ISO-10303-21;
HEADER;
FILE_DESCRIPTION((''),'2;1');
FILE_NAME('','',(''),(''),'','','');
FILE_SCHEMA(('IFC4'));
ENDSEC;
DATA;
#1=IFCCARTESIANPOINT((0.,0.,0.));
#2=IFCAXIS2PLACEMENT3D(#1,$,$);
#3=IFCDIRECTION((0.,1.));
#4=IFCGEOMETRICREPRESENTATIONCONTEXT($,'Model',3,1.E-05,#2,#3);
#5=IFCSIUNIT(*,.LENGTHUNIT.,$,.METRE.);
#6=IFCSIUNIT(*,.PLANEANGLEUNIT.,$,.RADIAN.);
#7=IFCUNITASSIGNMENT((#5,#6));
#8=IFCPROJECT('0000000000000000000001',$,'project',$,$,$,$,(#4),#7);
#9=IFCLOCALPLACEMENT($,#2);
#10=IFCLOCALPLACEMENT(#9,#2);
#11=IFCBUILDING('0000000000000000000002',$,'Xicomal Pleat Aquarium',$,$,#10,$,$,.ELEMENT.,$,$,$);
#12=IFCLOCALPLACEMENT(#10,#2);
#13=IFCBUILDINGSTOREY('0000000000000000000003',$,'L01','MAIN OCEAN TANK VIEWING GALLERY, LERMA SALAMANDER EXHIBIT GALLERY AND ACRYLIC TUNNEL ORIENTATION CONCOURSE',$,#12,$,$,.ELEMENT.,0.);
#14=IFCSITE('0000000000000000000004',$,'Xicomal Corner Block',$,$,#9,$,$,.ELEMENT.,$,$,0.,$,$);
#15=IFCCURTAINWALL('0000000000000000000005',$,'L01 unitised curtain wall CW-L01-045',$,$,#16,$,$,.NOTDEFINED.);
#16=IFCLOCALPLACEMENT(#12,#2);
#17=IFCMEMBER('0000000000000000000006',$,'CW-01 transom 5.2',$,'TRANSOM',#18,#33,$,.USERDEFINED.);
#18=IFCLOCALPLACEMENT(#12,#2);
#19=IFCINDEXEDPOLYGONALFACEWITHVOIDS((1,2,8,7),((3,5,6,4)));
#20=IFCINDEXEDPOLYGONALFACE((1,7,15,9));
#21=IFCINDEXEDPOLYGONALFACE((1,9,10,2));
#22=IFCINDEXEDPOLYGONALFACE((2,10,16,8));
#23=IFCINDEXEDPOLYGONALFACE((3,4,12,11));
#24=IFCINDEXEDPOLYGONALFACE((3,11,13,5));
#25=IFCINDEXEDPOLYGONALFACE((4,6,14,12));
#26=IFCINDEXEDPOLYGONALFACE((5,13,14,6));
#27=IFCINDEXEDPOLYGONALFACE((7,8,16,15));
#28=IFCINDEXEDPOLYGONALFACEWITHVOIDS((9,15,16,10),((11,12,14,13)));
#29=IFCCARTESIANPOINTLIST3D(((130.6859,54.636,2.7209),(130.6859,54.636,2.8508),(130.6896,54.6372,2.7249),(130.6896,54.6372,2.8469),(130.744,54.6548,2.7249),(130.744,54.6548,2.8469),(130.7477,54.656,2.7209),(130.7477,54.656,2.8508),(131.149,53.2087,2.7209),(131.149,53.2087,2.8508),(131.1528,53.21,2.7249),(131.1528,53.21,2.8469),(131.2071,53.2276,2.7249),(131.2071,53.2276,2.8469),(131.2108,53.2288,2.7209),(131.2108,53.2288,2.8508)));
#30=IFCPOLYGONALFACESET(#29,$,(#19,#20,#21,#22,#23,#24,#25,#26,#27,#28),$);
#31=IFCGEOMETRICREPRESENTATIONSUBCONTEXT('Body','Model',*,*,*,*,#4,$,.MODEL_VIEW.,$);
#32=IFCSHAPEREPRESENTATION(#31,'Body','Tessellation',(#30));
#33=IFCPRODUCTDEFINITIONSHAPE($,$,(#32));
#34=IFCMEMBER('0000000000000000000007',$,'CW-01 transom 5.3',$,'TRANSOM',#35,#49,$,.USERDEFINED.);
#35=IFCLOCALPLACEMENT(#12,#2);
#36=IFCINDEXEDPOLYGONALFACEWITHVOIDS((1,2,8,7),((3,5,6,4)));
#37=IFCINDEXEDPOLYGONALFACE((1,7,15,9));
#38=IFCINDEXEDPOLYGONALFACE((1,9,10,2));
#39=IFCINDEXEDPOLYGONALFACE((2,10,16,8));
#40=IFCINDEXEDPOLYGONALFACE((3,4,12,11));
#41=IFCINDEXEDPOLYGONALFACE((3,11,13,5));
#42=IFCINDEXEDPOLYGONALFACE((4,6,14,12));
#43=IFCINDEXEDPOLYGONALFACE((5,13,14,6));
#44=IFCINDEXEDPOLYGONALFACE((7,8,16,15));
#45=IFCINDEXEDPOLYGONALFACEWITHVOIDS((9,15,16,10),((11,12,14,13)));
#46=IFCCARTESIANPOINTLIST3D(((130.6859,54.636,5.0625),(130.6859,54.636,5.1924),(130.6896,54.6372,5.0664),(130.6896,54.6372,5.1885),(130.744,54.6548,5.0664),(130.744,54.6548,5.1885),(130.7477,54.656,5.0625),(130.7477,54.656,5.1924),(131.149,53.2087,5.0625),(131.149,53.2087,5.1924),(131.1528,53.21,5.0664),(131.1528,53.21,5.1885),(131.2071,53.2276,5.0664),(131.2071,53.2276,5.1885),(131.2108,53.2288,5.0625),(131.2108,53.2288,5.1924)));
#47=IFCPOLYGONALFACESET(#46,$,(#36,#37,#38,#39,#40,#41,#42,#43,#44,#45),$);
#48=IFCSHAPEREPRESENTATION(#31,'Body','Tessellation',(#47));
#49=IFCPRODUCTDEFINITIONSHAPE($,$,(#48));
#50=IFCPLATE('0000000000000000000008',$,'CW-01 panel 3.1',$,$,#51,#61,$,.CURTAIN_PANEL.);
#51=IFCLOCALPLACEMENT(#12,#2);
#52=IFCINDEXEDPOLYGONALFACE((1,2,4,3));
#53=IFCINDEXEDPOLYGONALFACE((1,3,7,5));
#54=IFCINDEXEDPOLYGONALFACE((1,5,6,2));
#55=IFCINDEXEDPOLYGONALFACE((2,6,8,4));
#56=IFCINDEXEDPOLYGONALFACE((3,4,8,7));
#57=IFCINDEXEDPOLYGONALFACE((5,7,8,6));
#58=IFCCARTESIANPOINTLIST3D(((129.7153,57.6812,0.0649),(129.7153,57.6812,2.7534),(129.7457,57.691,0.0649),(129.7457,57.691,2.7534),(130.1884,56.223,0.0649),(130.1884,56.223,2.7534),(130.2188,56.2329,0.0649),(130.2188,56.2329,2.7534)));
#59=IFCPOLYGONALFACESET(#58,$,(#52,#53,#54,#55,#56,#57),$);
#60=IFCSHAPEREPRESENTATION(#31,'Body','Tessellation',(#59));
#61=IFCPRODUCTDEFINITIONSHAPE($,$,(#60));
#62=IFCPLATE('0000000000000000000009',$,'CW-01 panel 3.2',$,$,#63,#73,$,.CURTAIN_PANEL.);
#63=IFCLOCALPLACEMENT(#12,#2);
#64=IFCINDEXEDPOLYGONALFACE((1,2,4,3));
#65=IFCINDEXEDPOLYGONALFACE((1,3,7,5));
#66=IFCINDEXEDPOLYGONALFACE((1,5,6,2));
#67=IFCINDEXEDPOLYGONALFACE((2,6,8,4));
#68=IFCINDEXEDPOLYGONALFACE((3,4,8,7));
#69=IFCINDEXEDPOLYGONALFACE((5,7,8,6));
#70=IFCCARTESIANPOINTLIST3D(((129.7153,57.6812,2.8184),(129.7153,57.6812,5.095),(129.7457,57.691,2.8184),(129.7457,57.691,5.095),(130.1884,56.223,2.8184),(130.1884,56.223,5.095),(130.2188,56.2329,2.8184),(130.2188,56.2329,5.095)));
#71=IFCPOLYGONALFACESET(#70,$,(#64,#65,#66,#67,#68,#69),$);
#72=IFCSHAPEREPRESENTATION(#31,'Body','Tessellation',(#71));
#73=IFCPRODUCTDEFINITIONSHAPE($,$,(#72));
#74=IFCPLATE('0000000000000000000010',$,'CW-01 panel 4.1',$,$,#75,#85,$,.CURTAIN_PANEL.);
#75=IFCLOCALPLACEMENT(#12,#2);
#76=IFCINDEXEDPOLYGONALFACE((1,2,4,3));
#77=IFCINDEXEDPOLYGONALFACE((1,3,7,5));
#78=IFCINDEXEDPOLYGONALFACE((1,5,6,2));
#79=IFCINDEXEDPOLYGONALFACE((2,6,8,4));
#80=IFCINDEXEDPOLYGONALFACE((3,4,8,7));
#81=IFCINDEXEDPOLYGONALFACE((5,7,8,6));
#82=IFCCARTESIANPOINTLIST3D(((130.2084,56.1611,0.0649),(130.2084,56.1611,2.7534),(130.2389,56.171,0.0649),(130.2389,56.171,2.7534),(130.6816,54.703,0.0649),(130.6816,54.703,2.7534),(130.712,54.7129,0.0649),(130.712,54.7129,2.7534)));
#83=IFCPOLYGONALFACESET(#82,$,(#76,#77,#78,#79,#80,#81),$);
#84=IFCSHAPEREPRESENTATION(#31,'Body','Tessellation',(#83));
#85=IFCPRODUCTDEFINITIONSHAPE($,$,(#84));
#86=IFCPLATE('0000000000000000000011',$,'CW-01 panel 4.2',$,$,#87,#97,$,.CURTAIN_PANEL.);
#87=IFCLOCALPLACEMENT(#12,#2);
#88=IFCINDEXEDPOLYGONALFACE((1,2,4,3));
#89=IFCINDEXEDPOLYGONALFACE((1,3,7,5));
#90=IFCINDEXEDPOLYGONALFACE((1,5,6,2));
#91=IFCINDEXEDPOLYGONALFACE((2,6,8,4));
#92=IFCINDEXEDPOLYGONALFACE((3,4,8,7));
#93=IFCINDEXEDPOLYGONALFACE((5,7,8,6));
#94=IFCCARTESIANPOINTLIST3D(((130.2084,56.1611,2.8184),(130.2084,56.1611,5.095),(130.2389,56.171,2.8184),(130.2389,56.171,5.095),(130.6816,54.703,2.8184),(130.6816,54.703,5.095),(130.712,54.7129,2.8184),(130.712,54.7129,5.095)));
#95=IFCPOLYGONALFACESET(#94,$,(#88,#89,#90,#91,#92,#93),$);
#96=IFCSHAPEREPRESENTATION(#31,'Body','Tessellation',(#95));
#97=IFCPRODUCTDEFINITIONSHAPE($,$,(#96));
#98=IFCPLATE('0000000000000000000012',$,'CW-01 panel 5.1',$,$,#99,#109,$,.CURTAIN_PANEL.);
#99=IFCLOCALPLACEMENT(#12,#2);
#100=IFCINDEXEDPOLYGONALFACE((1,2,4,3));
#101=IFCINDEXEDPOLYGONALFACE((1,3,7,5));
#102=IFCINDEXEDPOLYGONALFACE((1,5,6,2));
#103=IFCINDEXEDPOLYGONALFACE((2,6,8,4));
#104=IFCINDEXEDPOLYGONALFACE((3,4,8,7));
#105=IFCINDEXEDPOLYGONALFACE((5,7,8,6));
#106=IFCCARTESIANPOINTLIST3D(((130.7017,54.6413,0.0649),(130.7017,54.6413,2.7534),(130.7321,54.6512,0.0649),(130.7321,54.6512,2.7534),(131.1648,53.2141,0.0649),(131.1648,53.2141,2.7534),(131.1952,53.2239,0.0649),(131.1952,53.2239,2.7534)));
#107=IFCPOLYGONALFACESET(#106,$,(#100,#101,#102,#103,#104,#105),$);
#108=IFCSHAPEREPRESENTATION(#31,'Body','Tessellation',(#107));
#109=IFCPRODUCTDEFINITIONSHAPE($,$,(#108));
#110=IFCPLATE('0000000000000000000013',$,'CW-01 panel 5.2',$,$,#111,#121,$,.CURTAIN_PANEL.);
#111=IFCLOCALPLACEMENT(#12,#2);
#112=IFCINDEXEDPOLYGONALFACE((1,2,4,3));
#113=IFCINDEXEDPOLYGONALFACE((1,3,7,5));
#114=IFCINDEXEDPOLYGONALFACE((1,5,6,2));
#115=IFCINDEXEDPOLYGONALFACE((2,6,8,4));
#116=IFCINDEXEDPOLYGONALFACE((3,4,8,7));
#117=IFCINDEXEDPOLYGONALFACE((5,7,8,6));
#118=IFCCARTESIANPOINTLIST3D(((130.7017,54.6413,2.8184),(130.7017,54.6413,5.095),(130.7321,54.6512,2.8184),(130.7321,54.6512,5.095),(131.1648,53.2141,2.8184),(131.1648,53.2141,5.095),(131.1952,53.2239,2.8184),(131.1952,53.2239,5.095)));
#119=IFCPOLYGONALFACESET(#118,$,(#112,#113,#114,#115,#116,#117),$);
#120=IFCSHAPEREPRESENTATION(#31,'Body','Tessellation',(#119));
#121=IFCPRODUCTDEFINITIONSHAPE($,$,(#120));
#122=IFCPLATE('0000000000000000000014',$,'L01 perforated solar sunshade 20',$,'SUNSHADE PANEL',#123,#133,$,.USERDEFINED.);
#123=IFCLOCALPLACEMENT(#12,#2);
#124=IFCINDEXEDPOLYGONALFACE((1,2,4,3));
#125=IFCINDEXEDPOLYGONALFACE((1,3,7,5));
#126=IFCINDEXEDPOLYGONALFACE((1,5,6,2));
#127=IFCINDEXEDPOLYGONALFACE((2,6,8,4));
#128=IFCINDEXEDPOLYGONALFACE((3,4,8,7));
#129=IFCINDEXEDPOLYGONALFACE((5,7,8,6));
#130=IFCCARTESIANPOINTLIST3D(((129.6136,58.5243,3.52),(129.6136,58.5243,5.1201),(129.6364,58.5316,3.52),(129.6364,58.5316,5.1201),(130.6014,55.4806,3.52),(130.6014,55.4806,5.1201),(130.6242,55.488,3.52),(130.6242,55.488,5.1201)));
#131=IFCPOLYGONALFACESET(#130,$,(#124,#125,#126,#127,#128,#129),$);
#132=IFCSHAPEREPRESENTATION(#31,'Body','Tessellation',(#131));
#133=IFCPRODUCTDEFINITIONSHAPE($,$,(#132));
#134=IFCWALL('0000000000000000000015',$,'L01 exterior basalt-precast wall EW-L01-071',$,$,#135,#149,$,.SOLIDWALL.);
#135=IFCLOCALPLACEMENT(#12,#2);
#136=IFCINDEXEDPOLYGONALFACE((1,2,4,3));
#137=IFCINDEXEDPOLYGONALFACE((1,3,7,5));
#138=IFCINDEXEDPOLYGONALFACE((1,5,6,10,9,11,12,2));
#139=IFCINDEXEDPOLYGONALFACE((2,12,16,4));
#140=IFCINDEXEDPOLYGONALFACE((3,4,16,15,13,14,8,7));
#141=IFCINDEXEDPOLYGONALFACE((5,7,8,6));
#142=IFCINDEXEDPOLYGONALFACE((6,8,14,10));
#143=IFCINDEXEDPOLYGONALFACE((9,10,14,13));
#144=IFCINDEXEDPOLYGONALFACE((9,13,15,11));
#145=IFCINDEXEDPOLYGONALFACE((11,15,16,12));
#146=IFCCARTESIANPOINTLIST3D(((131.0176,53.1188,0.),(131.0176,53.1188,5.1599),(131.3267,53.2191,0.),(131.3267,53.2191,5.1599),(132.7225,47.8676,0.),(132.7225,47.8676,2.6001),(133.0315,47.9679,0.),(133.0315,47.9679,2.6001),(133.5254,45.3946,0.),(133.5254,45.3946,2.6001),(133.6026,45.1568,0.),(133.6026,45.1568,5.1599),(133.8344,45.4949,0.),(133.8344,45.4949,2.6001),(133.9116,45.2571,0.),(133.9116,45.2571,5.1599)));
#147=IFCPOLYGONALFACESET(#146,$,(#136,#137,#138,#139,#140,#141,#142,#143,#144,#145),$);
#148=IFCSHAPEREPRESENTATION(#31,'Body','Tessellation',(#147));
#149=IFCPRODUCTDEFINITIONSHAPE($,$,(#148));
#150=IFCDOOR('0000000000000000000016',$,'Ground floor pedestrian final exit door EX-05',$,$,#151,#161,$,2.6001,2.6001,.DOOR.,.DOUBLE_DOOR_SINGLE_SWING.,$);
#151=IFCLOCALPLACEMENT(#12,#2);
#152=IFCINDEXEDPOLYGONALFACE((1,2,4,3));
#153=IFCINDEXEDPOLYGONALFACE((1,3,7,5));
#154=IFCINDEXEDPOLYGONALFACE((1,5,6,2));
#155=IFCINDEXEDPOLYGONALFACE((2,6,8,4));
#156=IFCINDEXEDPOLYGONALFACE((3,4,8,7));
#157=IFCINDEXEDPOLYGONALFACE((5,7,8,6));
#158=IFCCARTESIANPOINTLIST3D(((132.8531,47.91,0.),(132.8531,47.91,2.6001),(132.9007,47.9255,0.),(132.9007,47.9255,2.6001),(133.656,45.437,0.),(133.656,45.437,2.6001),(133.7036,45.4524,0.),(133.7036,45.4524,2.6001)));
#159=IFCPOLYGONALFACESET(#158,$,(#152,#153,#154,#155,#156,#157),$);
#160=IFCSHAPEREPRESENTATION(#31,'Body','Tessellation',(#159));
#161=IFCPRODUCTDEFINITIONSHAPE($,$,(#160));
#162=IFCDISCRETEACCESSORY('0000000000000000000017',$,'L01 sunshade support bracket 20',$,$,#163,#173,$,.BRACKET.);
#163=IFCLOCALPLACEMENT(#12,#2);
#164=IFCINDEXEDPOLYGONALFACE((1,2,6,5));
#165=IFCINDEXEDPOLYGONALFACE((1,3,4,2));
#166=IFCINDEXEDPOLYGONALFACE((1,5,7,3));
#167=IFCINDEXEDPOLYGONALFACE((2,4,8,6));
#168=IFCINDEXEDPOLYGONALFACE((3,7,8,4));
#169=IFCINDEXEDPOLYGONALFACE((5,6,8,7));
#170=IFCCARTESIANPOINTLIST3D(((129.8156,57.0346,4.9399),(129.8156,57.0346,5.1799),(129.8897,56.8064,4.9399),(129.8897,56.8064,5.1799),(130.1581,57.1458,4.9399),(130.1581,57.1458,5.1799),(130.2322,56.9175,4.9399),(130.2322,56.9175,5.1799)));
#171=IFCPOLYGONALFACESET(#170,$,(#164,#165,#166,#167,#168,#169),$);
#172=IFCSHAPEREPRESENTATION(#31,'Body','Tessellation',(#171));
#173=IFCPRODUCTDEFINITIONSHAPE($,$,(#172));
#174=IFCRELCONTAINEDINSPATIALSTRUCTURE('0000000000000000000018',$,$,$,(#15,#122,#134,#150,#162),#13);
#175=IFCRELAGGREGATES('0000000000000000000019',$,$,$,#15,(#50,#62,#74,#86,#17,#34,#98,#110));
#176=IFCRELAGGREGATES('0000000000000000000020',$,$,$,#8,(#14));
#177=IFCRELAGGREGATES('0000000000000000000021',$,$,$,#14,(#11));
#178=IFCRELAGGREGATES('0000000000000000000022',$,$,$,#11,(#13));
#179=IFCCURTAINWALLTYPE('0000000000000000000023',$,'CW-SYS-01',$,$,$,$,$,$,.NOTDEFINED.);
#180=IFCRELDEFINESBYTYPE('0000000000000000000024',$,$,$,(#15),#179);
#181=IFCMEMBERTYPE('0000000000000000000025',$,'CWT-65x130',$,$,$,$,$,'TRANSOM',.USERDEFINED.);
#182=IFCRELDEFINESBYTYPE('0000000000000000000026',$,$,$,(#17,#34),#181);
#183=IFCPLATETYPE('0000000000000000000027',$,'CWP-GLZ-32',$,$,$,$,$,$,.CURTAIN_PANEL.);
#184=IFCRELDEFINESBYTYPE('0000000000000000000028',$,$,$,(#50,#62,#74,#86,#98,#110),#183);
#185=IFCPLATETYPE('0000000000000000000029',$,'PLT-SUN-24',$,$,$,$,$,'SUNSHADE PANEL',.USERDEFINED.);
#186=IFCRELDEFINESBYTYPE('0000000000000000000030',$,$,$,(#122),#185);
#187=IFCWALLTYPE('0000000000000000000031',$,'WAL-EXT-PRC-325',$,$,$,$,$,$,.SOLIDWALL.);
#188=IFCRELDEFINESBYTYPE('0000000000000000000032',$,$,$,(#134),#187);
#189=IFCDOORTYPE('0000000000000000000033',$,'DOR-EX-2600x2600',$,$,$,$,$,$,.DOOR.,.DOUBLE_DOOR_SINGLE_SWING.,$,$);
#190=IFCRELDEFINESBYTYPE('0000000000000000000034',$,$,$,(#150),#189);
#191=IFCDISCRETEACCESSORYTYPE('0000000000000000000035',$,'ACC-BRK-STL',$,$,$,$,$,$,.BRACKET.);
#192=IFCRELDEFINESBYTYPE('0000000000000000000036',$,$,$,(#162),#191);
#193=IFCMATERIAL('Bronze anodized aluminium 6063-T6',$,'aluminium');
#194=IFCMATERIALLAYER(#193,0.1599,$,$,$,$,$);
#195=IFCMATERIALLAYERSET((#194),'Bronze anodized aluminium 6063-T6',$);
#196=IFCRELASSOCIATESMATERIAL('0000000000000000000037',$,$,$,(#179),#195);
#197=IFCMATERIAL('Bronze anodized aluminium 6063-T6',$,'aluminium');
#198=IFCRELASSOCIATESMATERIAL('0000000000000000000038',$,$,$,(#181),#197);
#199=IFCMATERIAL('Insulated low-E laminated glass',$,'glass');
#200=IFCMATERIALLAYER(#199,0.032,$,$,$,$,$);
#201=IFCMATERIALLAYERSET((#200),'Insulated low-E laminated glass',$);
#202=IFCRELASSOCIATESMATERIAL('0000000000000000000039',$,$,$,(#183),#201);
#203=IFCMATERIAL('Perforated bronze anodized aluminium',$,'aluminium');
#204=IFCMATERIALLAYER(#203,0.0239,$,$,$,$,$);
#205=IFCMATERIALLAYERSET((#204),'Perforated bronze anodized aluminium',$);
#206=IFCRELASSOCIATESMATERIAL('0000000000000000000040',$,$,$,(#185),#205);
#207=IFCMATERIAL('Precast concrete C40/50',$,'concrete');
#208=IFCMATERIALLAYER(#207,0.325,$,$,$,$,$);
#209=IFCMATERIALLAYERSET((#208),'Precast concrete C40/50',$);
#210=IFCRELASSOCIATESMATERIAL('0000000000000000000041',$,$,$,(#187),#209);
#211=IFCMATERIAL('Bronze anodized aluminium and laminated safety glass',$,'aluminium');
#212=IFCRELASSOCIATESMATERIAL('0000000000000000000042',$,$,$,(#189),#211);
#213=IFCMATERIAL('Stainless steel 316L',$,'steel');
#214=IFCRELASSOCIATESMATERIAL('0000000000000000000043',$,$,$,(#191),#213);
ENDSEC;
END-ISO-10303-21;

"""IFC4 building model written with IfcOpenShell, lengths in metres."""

from ifc_helpers import new_model, si_unit, direction, frame, frame_2d, origin, origin_2d, place, context, subcontext, project, spatial, rectangle, hollow_rectangle, extrude, material, layer, layer_set, material_profile, profile_set, type_object, element, fill, aggregate, save


model = new_model("IFC4")

# Units and contexts
model_context = context("Model", 3, precision=1e-05, world=origin(), true_north=direction((0.0, 1.0)))
body_context = subcontext(model_context, "Body", "Model", "MODEL_VIEW")
ifc_project = project(units=[si_unit("LENGTHUNIT", "METRE"), si_unit("PLANEANGLEUNIT", "RADIAN")], contexts=[model_context])

# Site, building, storey
site_placement = place(None, origin())
site = spatial("IfcSite", under=ifc_project, at=site_placement, Name="Xicomal Corner Block", CompositionType="ELEMENT", RefElevation=0.0)
building_placement = place(site_placement, origin())
building = spatial("IfcBuilding", under=site, at=building_placement, Name="Xicomal Pleat Aquarium", CompositionType="ELEMENT")
storey_placement = place(building_placement, origin())
storey = spatial("IfcBuildingStorey", under=building, at=storey_placement, Name="L01", Description="MAIN OCEAN TANK VIEWING GALLERY, LERMA SALAMANDER EXHIBIT GALLERY AND ACRYLIC TUNNEL ORIENTATION CONCOURSE", CompositionType="ELEMENT", Elevation=0.0)

# Curtain wall, members, plates
ifc_material_1 = material(Name="Bronze anodized aluminium 6063-T6", Category="aluminium")
ifc_layer_1 = layer(ifc_material_1, 0.1599)
ifc_layer_set_1 = layer_set([ifc_layer_1], Name="Bronze anodized aluminium 6063-T6")
curtain_wall_type = type_object("IfcCurtainWallType", Name="CW-SYS-01", PredefinedType="NOTDEFINED", material=ifc_layer_set_1)
curtain_wall_placement = place(storey_placement, origin())
curtain_wall = element("IfcCurtainWall", 1, at=curtain_wall_placement, inside=storey, type_object=curtain_wall_type, Name="L01 unitised curtain wall CW-L01-045", PredefinedType="NOTDEFINED")
ifc_material_2 = material(Name="Bronze anodized aluminium 6063-T6", Category="aluminium")
ifc_material_profile_1 = material_profile(ifc_material_2, hollow_rectangle(XDim=0.0649, YDim=0.1299, WallThickness=0.0039, at=origin_2d()), Name="ALU TRAN 65x130")
ifc_profile_set_1 = profile_set([ifc_material_profile_1], Name="Bronze anodized aluminium 6063-T6")
member_type_1 = type_object("IfcMemberType", Name="CWT-65x130", ElementType="TRANSOM", PredefinedType="USERDEFINED", material=ifc_profile_set_1)
member_1_placement = place(storey_placement, frame((130.7168, 54.646, 2.7859), z_axis=(0.308652, -0.951175, 0.0), x_axis=(0.951175, 0.308652, 0.0)))
member_1 = element("IfcMember", 2, at=member_1_placement, type_object=member_type_1, Name="CW-01 transom 5.2", ObjectType="TRANSOM", PredefinedType="USERDEFINED", context=body_context, shape_type="SweptSolid", body=[
    extrude(hollow_rectangle(XDim=0.0649, YDim=0.1299, WallThickness=0.0039, at=origin_2d()), origin(), (0.0, 0.0, 1.0), 1.5005),
])
member_2_placement = place(storey_placement, frame((130.7168, 54.646, 5.1274), z_axis=(0.308652, -0.951175, 0.0), x_axis=(0.951175, 0.308652, 0.0)))
member_2 = element("IfcMember", 3, at=member_2_placement, type_object=member_type_1, Name="CW-01 transom 5.3", ObjectType="TRANSOM", PredefinedType="USERDEFINED", context=body_context, shape_type="SweptSolid", body=[
    extrude(hollow_rectangle(XDim=0.0649, YDim=0.1299, WallThickness=0.0039, at=origin_2d()), origin(), (0.0, 0.0, 1.0), 1.5005),
])
ifc_material_3 = material(Name="Insulated low-E laminated glass", Category="glass")
ifc_layer_2 = layer(ifc_material_3, 0.032)
ifc_layer_set_2 = layer_set([ifc_layer_2], Name="Insulated low-E laminated glass")
plate_type_1 = type_object("IfcPlateType", Name="CWP-GLZ-32", PredefinedType="CURTAIN_PANEL", material=ifc_layer_set_2)
plate_1_placement = place(storey_placement, frame((129.967, 56.957, 0.0649), z_axis=(0.0, 0.0, 1.0), x_axis=(0.308633, -0.951181, 0.0)))
plate_1 = element("IfcPlate", 4, at=plate_1_placement, type_object=plate_type_1, Name="CW-01 panel 3.1", PredefinedType="CURTAIN_PANEL", context=body_context, shape_type="SweptSolid", body=[
    extrude(rectangle(XDim=1.533, YDim=0.032, at=origin_2d()), origin(), (0.0, 0.0, 1.0), 2.6885),
])
plate_2_placement = place(storey_placement, frame((129.967, 56.957, 2.8184), z_axis=(0.0, 0.0, 1.0), x_axis=(0.308633, -0.951181, 0.0)))
plate_2 = element("IfcPlate", 5, at=plate_2_placement, type_object=plate_type_1, Name="CW-01 panel 3.2", PredefinedType="CURTAIN_PANEL", context=body_context, shape_type="SweptSolid", body=[
    extrude(rectangle(XDim=1.533, YDim=0.032, at=origin_2d()), origin(), (0.0, 0.0, 1.0), 2.2766),
])
plate_3_placement = place(storey_placement, frame((130.4602, 55.437, 0.0649), z_axis=(0.0, 0.0, 1.0), x_axis=(0.308633, -0.951181, 0.0)))
plate_3 = element("IfcPlate", 6, at=plate_3_placement, type_object=plate_type_1, Name="CW-01 panel 4.1", PredefinedType="CURTAIN_PANEL", context=body_context, shape_type="SweptSolid", body=[
    extrude(rectangle(XDim=1.533, YDim=0.032, at=origin_2d()), origin(), (0.0, 0.0, 1.0), 2.6885),
])
plate_4_placement = place(storey_placement, frame((130.4602, 55.437, 2.8184), z_axis=(0.0, 0.0, 1.0), x_axis=(0.308633, -0.951181, 0.0)))
plate_4 = element("IfcPlate", 7, at=plate_4_placement, type_object=plate_type_1, Name="CW-01 panel 4.2", PredefinedType="CURTAIN_PANEL", context=body_context, shape_type="SweptSolid", body=[
    extrude(rectangle(XDim=1.533, YDim=0.032, at=origin_2d()), origin(), (0.0, 0.0, 1.0), 2.2766),
])
plate_5_placement = place(storey_placement, frame((130.9485, 53.9326, 0.0649), z_axis=(0.0, 0.0, 1.0), x_axis=(0.308633, -0.951181, 0.0)))
plate_5 = element("IfcPlate", 8, at=plate_5_placement, type_object=plate_type_1, Name="CW-01 panel 5.1", PredefinedType="CURTAIN_PANEL", context=body_context, shape_type="SweptSolid", body=[
    extrude(rectangle(XDim=1.5005, YDim=0.032, at=origin_2d()), origin(), (0.0, 0.0, 1.0), 2.6885),
])
plate_6_placement = place(storey_placement, frame((130.9485, 53.9326, 2.8184), z_axis=(0.0, 0.0, 1.0), x_axis=(0.308633, -0.951181, 0.0)))
plate_6 = element("IfcPlate", 9, at=plate_6_placement, type_object=plate_type_1, Name="CW-01 panel 5.2", PredefinedType="CURTAIN_PANEL", context=body_context, shape_type="SweptSolid", body=[
    extrude(rectangle(XDim=1.5005, YDim=0.032, at=origin_2d()), origin(), (0.0, 0.0, 1.0), 2.2766),
])
aggregate(curtain_wall, [plate_1, plate_2, plate_3, plate_4, member_1, member_2, plate_5, plate_6])

# Plate
ifc_material_4 = material(Name="Perforated bronze anodized aluminium", Category="aluminium")
ifc_layer_3 = layer(ifc_material_4, 0.0239)
ifc_layer_set_3 = layer_set([ifc_layer_3], Name="Perforated bronze anodized aluminium")
plate_type_2 = type_object("IfcPlateType", Name="PLT-SUN-24", ElementType="SUNSHADE PANEL", PredefinedType="USERDEFINED", material=ifc_layer_set_3)
plate_7_placement = place(storey_placement, frame((130.1189, 57.0061, 3.52), z_axis=(0.0, 0.0, 1.0), x_axis=(0.308685, -0.951164, 0.0)))
element("IfcPlate", 10, at=plate_7_placement, inside=storey, type_object=plate_type_2, Name="L01 perforated solar sunshade 20", ObjectType="SUNSHADE PANEL", PredefinedType="USERDEFINED", context=body_context, shape_type="SweptSolid", body=[
    extrude(rectangle(XDim=3.2, YDim=0.0239, at=origin_2d()), origin(), (0.0, 0.0, 1.0), 1.6001),
])

# Wall, opening, door
ifc_material_5 = material(Name="Precast concrete C40/50", Category="concrete")
ifc_layer_4 = layer(ifc_material_5, 0.325)
ifc_layer_set_4 = layer_set([ifc_layer_4], Name="Precast concrete C40/50")
wall_type = type_object("IfcWallType", Name="WAL-EXT-PRC-325", PredefinedType="SOLIDWALL", material=ifc_layer_set_4)
wall_placement = place(storey_placement, frame((131.1721, 53.1689, 0.0), z_axis=(0.0, 0.0, 1.0), x_axis=(0.308799, -0.951127, 0.0)))
wall = element("IfcWall", 11, at=wall_placement, inside=storey, type_object=wall_type, Name="L01 exterior basalt-precast wall EW-L01-071", PredefinedType="SOLIDWALL", context=body_context, shape_type="SweptSolid", body=[
    extrude(rectangle(XDim=8.3711, YDim=0.325, at=frame_2d((4.1855, 0.0))), origin(), (0.0, 0.0, 1.0), 5.1599),
])
opening_placement = place(wall_placement, frame((5.521, 0.0, 0.0)))
opening = element("IfcOpeningElement", 12, at=opening_placement, cuts=wall, PredefinedType="OPENING", context=body_context, shape_type="SweptSolid", body=[
    extrude(rectangle(XDim=2.6001, YDim=2.6001, at=frame_2d((1.3, 1.3))), frame((0.0, 0.1724, 0.0), z_axis=(0.0, -1.0, 0.0), x_axis=(1.0, 0.0, 0.0)), (0.0, 0.0, 1.0), 0.345),
])
ifc_material_6 = material(Name="Bronze anodized aluminium and laminated safety glass", Category="aluminium")
door_type = type_object("IfcDoorType", Name="DOR-EX-2600x2600", OperationType="DOUBLE_DOOR_SINGLE_SWING", PredefinedType="DOOR", material=ifc_material_6)
door_placement = place(opening_placement, origin())
door = element("IfcDoor", 13, at=door_placement, inside=storey, type_object=door_type, Name="Ground floor pedestrian final exit door EX-05", OperationType="DOUBLE_DOOR_SINGLE_SWING", OverallHeight=2.6001, OverallWidth=2.6001, PredefinedType="DOOR", context=body_context, shape_type="SweptSolid", body=[
    extrude(rectangle(XDim=2.6001, YDim=2.6001, at=frame_2d((1.3, 1.3))), frame((0.0, 0.0249, 0.0), z_axis=(0.0, -1.0, 0.0), x_axis=(1.0, 0.0, 0.0)), (0.0, 0.0, 1.0), 0.05),
])
fill(opening, door)

# Discrete accessory
ifc_material_7 = material(Name="Stainless steel 316L", Category="steel")
discrete_accessory_type = type_object("IfcDiscreteAccessoryType", Name="ACC-BRK-STL", PredefinedType="BRACKET", material=ifc_material_7)
discrete_accessory_placement = place(storey_placement, frame((130.0239, 56.9761, 4.9399), z_axis=(0.0, 0.0, 1.0), x_axis=(0.308685, -0.951164, 0.0)))
element("IfcDiscreteAccessory", 14, at=discrete_accessory_placement, inside=storey, type_object=discrete_accessory_type, Name="L01 sunshade support bracket 20", PredefinedType="BRACKET", context=body_context, shape_type="SweptSolid", body=[
    extrude(rectangle(XDim=0.24, YDim=0.3601, at=origin_2d()), origin(), (0.0, 0.0, 1.0), 0.24),
])

save(model, "model.ifc")
